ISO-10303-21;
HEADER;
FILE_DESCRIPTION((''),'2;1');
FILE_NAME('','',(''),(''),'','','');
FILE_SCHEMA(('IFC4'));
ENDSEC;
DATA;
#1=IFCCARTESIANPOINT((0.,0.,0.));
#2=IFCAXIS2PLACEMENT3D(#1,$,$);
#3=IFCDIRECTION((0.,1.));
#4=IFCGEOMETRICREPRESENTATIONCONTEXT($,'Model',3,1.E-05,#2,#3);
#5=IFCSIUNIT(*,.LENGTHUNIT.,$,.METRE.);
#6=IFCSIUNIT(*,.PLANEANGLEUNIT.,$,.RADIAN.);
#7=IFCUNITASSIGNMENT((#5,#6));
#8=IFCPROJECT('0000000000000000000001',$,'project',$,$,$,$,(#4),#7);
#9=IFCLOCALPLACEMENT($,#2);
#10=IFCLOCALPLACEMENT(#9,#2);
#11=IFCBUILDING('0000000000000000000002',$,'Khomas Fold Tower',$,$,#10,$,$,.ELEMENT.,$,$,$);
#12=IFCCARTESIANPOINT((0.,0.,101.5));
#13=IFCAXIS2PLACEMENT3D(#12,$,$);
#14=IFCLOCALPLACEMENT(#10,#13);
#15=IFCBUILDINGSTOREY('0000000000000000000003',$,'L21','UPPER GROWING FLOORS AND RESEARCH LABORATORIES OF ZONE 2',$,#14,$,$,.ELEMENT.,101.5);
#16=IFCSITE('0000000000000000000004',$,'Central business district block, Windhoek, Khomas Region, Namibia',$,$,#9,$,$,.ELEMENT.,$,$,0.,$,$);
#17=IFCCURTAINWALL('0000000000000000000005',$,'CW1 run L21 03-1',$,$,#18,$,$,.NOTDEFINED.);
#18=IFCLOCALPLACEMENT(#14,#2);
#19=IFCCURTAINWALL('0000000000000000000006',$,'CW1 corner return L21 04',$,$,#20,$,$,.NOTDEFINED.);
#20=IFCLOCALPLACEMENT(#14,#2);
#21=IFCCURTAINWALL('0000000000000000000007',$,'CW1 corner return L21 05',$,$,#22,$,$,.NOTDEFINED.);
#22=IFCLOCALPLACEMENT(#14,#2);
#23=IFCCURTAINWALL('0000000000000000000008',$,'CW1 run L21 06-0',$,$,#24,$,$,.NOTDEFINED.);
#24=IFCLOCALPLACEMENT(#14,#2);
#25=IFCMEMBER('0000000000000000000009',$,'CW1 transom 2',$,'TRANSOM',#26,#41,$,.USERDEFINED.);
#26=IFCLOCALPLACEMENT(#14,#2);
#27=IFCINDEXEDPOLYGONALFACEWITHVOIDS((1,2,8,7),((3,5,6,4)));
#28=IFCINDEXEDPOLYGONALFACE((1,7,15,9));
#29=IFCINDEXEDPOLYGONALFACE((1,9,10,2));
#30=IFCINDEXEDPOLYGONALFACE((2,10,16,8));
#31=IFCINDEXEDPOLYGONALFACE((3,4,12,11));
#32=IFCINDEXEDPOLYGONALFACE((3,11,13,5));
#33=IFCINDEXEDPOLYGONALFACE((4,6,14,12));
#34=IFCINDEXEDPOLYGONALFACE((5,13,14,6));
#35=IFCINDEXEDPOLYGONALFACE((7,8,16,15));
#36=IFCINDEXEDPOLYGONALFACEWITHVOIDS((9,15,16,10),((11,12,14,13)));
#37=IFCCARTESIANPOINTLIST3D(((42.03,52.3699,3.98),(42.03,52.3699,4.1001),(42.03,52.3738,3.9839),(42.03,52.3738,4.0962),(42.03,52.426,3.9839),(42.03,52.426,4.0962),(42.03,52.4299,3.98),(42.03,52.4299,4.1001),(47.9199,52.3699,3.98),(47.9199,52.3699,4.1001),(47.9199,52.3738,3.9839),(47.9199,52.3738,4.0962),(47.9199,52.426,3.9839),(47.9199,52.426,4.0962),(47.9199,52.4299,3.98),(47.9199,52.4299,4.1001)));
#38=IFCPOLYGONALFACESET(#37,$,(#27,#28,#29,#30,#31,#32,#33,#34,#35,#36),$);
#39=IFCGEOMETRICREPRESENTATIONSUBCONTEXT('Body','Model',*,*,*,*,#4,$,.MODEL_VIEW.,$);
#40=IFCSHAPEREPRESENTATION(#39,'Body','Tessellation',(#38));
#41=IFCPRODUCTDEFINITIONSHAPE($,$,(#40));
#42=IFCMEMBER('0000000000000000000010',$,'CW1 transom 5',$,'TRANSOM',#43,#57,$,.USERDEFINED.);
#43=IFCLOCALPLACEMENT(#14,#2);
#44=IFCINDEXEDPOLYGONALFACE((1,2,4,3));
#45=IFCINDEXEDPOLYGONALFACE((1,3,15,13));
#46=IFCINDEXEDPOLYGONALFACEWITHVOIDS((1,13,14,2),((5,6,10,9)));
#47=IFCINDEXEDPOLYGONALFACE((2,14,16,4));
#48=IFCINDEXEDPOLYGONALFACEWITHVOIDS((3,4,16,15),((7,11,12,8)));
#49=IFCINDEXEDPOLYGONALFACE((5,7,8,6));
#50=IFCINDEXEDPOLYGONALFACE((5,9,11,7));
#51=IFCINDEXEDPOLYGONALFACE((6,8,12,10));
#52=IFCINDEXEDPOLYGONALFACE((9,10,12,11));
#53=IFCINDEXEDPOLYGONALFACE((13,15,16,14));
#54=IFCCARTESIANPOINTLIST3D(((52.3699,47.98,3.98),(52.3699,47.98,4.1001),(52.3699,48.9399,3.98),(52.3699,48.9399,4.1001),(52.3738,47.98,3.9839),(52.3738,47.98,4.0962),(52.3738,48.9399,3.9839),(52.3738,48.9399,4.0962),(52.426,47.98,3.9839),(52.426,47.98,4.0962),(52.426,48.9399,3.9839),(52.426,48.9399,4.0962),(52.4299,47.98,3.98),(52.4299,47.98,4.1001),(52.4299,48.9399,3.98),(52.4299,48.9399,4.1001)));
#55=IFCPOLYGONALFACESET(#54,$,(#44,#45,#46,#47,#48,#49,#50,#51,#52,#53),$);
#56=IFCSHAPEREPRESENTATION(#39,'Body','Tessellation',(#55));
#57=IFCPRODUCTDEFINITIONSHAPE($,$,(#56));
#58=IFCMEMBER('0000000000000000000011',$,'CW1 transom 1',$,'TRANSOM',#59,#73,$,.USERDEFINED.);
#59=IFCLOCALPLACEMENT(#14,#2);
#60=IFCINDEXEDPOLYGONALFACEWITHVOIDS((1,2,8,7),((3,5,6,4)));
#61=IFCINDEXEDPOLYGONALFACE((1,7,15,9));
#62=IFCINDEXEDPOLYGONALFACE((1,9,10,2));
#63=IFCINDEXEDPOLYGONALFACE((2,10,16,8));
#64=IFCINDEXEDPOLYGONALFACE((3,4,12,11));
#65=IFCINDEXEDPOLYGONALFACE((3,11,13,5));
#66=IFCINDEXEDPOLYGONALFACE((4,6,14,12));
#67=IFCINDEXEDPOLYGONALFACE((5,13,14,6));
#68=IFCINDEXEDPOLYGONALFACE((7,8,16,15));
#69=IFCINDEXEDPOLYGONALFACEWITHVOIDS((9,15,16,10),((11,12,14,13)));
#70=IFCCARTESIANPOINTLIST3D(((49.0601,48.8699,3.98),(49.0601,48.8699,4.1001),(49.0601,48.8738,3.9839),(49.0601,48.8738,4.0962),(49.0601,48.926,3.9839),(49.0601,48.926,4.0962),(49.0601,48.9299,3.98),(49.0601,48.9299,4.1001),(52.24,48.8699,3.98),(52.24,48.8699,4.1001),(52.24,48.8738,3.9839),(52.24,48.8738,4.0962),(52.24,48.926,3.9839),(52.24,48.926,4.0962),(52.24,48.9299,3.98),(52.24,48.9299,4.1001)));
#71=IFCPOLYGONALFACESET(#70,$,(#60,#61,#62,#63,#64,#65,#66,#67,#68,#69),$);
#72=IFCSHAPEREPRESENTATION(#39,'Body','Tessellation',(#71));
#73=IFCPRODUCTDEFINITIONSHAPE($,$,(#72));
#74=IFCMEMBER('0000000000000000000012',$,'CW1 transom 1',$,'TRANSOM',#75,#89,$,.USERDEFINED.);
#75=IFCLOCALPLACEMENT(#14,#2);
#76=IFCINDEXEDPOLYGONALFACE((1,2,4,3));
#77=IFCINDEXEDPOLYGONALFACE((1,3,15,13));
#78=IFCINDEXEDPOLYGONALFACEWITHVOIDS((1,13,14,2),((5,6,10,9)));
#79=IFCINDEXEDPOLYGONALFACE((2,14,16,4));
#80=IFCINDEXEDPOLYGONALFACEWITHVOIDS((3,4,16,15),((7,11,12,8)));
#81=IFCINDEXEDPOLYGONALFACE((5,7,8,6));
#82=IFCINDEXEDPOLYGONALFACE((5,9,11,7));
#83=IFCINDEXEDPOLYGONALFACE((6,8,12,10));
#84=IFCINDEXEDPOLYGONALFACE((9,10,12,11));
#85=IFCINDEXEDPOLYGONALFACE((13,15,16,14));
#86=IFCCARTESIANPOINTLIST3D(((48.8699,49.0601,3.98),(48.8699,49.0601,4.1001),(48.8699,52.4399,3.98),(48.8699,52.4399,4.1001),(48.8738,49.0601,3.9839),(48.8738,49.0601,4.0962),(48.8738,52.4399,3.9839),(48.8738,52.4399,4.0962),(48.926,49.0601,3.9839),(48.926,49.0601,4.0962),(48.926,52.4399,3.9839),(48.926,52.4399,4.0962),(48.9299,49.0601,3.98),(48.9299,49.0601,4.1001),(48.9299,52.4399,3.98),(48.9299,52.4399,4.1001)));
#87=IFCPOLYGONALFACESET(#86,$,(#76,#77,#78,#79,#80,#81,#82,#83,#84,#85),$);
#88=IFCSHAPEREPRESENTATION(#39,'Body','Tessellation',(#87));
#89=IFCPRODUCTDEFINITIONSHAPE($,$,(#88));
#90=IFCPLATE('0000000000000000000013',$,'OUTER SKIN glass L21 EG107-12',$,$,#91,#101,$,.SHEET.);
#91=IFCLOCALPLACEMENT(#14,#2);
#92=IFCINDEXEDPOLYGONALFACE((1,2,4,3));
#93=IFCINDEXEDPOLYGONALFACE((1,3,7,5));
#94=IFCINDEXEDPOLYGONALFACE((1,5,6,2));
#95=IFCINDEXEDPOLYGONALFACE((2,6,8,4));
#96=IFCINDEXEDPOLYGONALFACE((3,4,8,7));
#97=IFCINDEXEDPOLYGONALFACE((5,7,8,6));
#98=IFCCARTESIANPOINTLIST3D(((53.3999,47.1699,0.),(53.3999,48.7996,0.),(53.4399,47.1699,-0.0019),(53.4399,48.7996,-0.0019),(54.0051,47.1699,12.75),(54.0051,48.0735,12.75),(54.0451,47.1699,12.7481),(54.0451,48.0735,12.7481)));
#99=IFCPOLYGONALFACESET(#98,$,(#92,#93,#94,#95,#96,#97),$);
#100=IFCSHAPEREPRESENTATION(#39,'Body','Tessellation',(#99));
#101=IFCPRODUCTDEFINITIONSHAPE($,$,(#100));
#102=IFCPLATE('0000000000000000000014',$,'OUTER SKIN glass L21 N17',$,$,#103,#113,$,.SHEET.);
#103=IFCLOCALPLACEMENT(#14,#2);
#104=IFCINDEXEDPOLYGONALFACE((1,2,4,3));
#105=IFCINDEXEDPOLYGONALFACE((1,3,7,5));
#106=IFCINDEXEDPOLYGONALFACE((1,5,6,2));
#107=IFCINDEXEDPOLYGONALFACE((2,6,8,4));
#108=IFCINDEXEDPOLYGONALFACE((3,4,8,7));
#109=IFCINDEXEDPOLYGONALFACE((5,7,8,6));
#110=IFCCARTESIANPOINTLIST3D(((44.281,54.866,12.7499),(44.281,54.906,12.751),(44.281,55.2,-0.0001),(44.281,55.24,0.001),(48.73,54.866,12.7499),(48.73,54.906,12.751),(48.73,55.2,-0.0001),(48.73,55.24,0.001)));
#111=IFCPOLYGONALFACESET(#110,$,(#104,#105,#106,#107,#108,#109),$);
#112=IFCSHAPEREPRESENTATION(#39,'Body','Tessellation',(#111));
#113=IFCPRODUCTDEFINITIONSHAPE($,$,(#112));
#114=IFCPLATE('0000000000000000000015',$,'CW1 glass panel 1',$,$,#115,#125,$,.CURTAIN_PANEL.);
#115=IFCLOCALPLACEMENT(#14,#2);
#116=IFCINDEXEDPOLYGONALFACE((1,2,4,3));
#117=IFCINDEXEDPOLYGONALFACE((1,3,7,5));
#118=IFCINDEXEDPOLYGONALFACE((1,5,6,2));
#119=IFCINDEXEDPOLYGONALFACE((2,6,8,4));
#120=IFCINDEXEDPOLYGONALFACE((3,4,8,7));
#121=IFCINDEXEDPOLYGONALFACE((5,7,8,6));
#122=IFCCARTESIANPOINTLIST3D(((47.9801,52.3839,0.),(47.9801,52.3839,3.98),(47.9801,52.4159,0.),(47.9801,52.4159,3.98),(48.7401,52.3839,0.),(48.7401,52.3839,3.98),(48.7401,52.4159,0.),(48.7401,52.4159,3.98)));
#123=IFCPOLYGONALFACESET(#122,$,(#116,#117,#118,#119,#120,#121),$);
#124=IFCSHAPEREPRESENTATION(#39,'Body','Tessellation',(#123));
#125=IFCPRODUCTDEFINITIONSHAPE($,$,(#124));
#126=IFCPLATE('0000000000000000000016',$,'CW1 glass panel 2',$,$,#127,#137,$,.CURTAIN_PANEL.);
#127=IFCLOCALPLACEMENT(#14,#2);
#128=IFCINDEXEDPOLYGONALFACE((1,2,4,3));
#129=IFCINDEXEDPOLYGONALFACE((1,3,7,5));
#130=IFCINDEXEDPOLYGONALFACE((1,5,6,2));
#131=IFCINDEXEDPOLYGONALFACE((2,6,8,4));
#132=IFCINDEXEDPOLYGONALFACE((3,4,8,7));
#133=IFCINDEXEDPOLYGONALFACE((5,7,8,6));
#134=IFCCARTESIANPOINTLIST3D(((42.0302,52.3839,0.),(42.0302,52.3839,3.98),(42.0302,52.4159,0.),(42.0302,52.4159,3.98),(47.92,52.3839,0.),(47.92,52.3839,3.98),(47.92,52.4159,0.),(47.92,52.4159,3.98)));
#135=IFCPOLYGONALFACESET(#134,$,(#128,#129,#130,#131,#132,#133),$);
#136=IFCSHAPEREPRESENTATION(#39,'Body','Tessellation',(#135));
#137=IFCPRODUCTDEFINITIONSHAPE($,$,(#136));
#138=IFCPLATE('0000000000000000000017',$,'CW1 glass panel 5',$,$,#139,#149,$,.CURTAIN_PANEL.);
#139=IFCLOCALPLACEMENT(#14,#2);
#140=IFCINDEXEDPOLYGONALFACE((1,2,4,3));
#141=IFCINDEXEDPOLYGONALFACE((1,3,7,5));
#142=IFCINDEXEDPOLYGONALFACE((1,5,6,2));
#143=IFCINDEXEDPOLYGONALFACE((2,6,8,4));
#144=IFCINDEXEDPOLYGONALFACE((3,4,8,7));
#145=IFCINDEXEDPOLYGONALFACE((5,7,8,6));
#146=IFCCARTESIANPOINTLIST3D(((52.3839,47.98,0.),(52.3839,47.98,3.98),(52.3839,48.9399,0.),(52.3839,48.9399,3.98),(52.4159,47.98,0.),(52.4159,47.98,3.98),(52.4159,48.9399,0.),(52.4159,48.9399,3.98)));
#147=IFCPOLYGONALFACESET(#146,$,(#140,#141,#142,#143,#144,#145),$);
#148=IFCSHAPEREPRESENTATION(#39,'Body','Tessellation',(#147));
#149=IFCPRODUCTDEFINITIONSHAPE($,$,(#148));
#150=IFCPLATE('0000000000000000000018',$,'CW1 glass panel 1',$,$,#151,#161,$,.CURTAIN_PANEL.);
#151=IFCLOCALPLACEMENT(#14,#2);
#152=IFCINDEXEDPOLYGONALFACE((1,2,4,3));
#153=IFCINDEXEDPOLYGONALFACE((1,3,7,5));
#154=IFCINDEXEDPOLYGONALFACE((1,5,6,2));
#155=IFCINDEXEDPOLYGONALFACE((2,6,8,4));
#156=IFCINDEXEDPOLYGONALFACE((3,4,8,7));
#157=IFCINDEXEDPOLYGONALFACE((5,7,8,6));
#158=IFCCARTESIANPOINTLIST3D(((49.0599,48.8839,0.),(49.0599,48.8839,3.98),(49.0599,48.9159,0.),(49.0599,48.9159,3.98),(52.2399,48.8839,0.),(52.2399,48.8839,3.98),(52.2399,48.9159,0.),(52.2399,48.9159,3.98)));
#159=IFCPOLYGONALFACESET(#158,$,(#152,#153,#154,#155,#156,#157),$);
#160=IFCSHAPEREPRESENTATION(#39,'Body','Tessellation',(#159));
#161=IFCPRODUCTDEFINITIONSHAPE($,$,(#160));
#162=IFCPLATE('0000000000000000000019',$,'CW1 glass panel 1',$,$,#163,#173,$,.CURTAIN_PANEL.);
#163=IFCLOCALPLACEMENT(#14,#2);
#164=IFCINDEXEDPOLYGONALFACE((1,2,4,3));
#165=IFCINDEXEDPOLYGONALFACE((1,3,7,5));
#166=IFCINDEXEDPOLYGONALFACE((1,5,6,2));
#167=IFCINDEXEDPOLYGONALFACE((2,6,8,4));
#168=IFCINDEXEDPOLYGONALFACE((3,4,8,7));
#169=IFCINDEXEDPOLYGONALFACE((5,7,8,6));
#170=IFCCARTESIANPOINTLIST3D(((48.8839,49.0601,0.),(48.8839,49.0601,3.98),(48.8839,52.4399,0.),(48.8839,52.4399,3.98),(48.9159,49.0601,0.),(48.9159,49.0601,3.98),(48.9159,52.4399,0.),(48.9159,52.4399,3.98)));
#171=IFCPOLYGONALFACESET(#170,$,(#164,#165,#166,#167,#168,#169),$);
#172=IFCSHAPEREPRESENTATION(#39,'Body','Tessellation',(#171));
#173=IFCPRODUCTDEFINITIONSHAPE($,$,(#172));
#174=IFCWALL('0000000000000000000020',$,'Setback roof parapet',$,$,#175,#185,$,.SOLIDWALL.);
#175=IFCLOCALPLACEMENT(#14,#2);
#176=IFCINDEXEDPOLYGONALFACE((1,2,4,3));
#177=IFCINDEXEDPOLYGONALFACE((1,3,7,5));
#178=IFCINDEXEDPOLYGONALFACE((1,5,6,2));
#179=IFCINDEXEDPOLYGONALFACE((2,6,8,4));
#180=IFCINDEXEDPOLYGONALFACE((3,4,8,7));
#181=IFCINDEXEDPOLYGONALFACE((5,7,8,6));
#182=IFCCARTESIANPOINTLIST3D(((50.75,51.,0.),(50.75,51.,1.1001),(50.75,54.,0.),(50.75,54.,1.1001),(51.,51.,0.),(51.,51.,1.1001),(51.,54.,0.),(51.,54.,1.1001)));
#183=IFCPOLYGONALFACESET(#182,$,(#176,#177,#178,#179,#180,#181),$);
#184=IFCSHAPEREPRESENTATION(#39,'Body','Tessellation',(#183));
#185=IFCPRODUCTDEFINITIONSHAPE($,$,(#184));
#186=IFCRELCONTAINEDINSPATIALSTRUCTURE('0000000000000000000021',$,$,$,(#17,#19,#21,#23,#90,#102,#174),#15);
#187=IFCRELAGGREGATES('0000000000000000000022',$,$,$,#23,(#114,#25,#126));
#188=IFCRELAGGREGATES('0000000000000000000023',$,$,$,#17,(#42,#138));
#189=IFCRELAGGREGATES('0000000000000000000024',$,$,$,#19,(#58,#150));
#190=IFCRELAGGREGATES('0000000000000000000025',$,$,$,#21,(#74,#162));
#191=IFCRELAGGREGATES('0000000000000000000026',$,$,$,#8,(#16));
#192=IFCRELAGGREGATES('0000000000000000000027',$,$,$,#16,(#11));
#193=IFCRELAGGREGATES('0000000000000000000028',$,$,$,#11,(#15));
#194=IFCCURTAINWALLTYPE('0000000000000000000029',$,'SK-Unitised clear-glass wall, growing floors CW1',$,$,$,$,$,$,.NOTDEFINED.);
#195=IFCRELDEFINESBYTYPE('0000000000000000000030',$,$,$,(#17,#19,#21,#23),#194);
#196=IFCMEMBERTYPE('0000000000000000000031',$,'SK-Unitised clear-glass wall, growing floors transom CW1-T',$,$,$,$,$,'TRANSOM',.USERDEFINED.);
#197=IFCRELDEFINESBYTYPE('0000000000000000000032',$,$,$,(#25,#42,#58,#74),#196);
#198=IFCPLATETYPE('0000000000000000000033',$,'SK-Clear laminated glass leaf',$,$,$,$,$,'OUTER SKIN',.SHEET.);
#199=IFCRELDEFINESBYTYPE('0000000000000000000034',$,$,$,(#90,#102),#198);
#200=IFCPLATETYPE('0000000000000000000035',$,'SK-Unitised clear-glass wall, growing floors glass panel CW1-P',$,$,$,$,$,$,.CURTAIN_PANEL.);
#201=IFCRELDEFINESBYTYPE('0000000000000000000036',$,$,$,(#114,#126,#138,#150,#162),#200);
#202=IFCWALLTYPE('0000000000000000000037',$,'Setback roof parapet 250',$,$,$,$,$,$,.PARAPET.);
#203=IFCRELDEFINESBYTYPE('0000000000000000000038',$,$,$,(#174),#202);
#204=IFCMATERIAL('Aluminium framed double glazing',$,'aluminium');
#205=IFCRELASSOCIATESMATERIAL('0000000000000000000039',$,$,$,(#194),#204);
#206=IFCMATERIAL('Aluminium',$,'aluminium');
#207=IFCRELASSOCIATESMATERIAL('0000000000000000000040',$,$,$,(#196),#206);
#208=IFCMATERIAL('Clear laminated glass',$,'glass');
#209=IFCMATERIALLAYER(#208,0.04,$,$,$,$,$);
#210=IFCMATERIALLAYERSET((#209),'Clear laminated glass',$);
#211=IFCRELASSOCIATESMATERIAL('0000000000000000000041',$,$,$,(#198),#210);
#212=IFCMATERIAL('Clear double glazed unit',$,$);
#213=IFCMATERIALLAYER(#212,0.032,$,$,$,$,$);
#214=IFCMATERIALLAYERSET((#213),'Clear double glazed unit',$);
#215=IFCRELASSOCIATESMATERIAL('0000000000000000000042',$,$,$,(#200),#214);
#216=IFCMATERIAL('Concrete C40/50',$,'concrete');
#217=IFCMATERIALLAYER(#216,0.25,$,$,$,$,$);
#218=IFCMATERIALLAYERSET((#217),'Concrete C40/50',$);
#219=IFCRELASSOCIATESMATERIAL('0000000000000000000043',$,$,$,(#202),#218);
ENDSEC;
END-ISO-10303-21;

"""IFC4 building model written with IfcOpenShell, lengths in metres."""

from ifc_helpers import new_model, si_unit, direction, frame, frame_2d, origin, origin_2d, place, context, subcontext, project, spatial, polyline, rectangle, hollow_rectangle, outline, extrude, source, transform, mapped, material, layer, layer_set, material_profile, profile_set, type_object, element, aggregate, save


model = new_model("IFC4")

# Units and contexts
model_context = context("Model", 3, precision=1e-05, world=origin(), true_north=direction((0.0, 1.0)))
body_context = subcontext(model_context, "Body", "Model", "MODEL_VIEW")
ifc_project = project(units=[si_unit("LENGTHUNIT", "METRE"), si_unit("PLANEANGLEUNIT", "RADIAN")], contexts=[model_context])

# Site, building, storey
site_placement = place(None, origin())
site = spatial("IfcSite", under=ifc_project, at=site_placement, Name="Central business district block, Windhoek, Khomas Region, Namibia", CompositionType="ELEMENT", RefElevation=0.0)
building_placement = place(site_placement, origin())
building = spatial("IfcBuilding", under=site, at=building_placement, Name="Khomas Fold Tower", CompositionType="ELEMENT")
storey_placement = place(building_placement, frame((0.0, 0.0, 101.5)))
storey = spatial("IfcBuildingStorey", under=building, at=storey_placement, Name="L21", Description="UPPER GROWING FLOORS AND RESEARCH LABORATORIES OF ZONE 2", CompositionType="ELEMENT", Elevation=101.5)

# Curtain walls, member
ifc_material_1 = material(Name="Aluminium framed double glazing", Category="aluminium")
curtain_wall_type = type_object("IfcCurtainWallType", Name="SK-Unitised clear-glass wall, growing floors CW1", PredefinedType="NOTDEFINED", material=ifc_material_1)
curtain_wall_1_placement = place(storey_placement, origin())
curtain_wall_1 = element("IfcCurtainWall", 1, at=curtain_wall_1_placement, inside=storey, type_object=curtain_wall_type, Name="CW1 run L21 03-1", PredefinedType="NOTDEFINED")
curtain_wall_2_placement = place(storey_placement, origin())
curtain_wall_2 = element("IfcCurtainWall", 2, at=curtain_wall_2_placement, inside=storey, type_object=curtain_wall_type, Name="CW1 corner return L21 04", PredefinedType="NOTDEFINED")
curtain_wall_3_placement = place(storey_placement, origin())
curtain_wall_3 = element("IfcCurtainWall", 3, at=curtain_wall_3_placement, inside=storey, type_object=curtain_wall_type, Name="CW1 corner return L21 05", PredefinedType="NOTDEFINED")
curtain_wall_4_placement = place(storey_placement, origin())
curtain_wall_4 = element("IfcCurtainWall", 4, at=curtain_wall_4_placement, inside=storey, type_object=curtain_wall_type, Name="CW1 run L21 06-0", PredefinedType="NOTDEFINED")
ifc_material_2 = material(Name="Aluminium", Category="aluminium")
ifc_material_profile_1 = material_profile(ifc_material_2, hollow_rectangle(XDim=0.0601, YDim=0.1201, WallThickness=0.0039, at=origin_2d()), Name="SK-Unitised clear-glass wall, growing floors transom CW1-T")
ifc_profile_set_1 = profile_set([ifc_material_profile_1], Name="Aluminium")
member_type_1 = type_object("IfcMemberType", Name="SK-Unitised clear-glass wall, growing floors transom CW1-T", ElementType="TRANSOM", PredefinedType="USERDEFINED", material=ifc_profile_set_1)
shared_shape_1 = source(origin(), body_context, "Body", "SweptSolid", [
    extrude(hollow_rectangle(XDim=0.0601, YDim=0.1201, WallThickness=0.0039, at=origin_2d()), origin(), (0.0, 0.0, 1.0), 5.8899),
])
member_1_placement = place(storey_placement, frame((47.9199, 52.3999, 4.04), z_axis=(-1.0, 0.0, 0.0), x_axis=(0.0, -1.0, 0.0)))
member_1 = element("IfcMember", 5, at=member_1_placement, type_object=member_type_1, Name="CW1 transom 2", ObjectType="TRANSOM", PredefinedType="USERDEFINED", context=body_context, shape_type="MappedRepresentation", body=[
    mapped(shared_shape_1, transform((0.0, 0.0, 0.0))),
])

# Members
shared_shape_2 = source(origin(), body_context, "Body", "SweptSolid", [
    extrude(hollow_rectangle(XDim=0.0601, YDim=0.1201, WallThickness=0.0039, at=origin_2d()), origin(), (0.0, 0.0, 1.0), 0.96),
])
member_2_placement = place(storey_placement, frame((52.3999, 47.98, 4.04), z_axis=(0.0, 1.0, 0.0), x_axis=(-1.0, 0.0, 0.0)))
member_2 = element("IfcMember", 6, at=member_2_placement, type_object=member_type_1, Name="CW1 transom 5", ObjectType="TRANSOM", PredefinedType="USERDEFINED", context=body_context, shape_type="MappedRepresentation", body=[
    mapped(shared_shape_2, transform((0.0, 0.0, 0.0))),
])
shared_shape_3 = source(origin(), body_context, "Body", "SweptSolid", [
    extrude(hollow_rectangle(XDim=0.0601, YDim=0.1201, WallThickness=0.0039, at=origin_2d()), origin(), (0.0, 0.0, 1.0), 3.1799),
])
member_3_placement = place(storey_placement, frame((52.24, 48.8999, 4.04), z_axis=(-1.0, 0.0, 0.0), x_axis=(0.0, -1.0, 0.0)))
member_3 = element("IfcMember", 7, at=member_3_placement, type_object=member_type_1, Name="CW1 transom 1", ObjectType="TRANSOM", PredefinedType="USERDEFINED", context=body_context, shape_type="MappedRepresentation", body=[
    mapped(shared_shape_3, transform((0.0, 0.0, 0.0))),
])
shared_shape_4 = source(origin(), body_context, "Body", "SweptSolid", [
    extrude(hollow_rectangle(XDim=0.0601, YDim=0.1201, WallThickness=0.0039, at=origin_2d()), origin(), (0.0, 0.0, 1.0), 3.3799),
])
member_4_placement = place(storey_placement, frame((48.8999, 49.0601, 4.04), z_axis=(0.0, 1.0, 0.0), x_axis=(-1.0, 0.0, 0.0)))
member_4 = element("IfcMember", 8, at=member_4_placement, type_object=member_type_1, Name="CW1 transom 1", ObjectType="TRANSOM", PredefinedType="USERDEFINED", context=body_context, shape_type="MappedRepresentation", body=[
    mapped(shared_shape_4, transform((0.0, 0.0, 0.0))),
])

# Plates
ifc_material_3 = material(Name="Clear laminated glass", Category="glass")
ifc_layer_1 = layer(ifc_material_3, 0.04)
ifc_layer_set_1 = layer_set([ifc_layer_1], Name="Clear laminated glass")
plate_type_1 = type_object("IfcPlateType", Name="SK-Clear laminated glass leaf", ElementType="OUTER SKIN", PredefinedType="SHEET", material=ifc_layer_set_1)
plate_1_placement = place(storey_placement, frame((54.0051, 48.0735, 12.75), z_axis=(-0.998875, 0.0, 0.047415), x_axis=(-0.047339, 0.056791, -0.997263)))
element("IfcPlate", 9, at=plate_1_placement, inside=storey, type_object=plate_type_1, Name="OUTER SKIN glass L21 EG107-12", PredefinedType="SHEET", context=body_context, shape_type="SweptSolid", body=[
    extrude(outline(polyline([(0.0, 0.0), (12.785, 0.0), (12.6924, 1.627), (-0.0513, 0.9021), (0.0, 0.0)])), origin(), (0.0, 0.0, -1.0), 0.04),
])
plate_2_placement = place(storey_placement, frame((44.281, 55.24, 0.001), z_axis=(0.0, 0.999657, 0.026186), x_axis=(1.0, 0.0, 0.0)))
element("IfcPlate", 10, at=plate_2_placement, inside=storey, type_object=plate_type_1, Name="OUTER SKIN glass L21 N17", PredefinedType="SHEET", context=body_context, shape_type="SweptSolid", body=[
    extrude(outline(polyline([(0.0, 0.0), (4.449, 0.0), (4.449, -12.7544), (0.0, -12.7544), (0.0, 0.0)])), origin(), (0.0, 0.0, -1.0), 0.04),
])

# Plates
ifc_material_4 = material(Name="Clear double glazed unit")
ifc_layer_2 = layer(ifc_material_4, 0.032)
ifc_layer_set_2 = layer_set([ifc_layer_2], Name="Clear double glazed unit")
plate_type_2 = type_object("IfcPlateType", Name="SK-Unitised clear-glass wall, growing floors glass panel CW1-P", PredefinedType="CURTAIN_PANEL", material=ifc_layer_set_2)
shared_shape_5 = source(origin(), body_context, "Body", "SweptSolid", [
    extrude(rectangle(XDim=0.76, YDim=0.032, at=origin_2d()), origin(), (0.0, 0.0, 1.0), 3.98),
])
plate_3_placement = place(storey_placement, frame((48.3601, 52.3999, 0.0), z_axis=(0.0, 0.0, 1.0), x_axis=(-1.0, 0.0, 0.0)))
plate_3 = element("IfcPlate", 11, at=plate_3_placement, type_object=plate_type_2, Name="CW1 glass panel 1", PredefinedType="CURTAIN_PANEL", context=body_context, shape_type="MappedRepresentation", body=[
    mapped(shared_shape_5, transform((0.0, 0.0, 0.0))),
])
shared_shape_6 = source(origin(), body_context, "Body", "SweptSolid", [
    extrude(rectangle(XDim=5.8899, YDim=0.032, at=origin_2d()), origin(), (0.0, 0.0, 1.0), 3.98),
])
plate_4_placement = place(storey_placement, frame((44.9751, 52.3999, 0.0), z_axis=(0.0, 0.0, 1.0), x_axis=(-1.0, 0.0, 0.0)))
plate_4 = element("IfcPlate", 12, at=plate_4_placement, type_object=plate_type_2, Name="CW1 glass panel 2", PredefinedType="CURTAIN_PANEL", context=body_context, shape_type="MappedRepresentation", body=[
    mapped(shared_shape_6, transform((0.0, 0.0, 0.0))),
])
aggregate(curtain_wall_4, [plate_3, member_1, plate_4])
shared_shape_7 = source(origin(), body_context, "Body", "SweptSolid", [
    extrude(rectangle(XDim=0.96, YDim=0.032, at=origin_2d()), origin(), (0.0, 0.0, 1.0), 3.98),
])
plate_5_placement = place(storey_placement, frame((52.3999, 48.46, 0.0), z_axis=(0.0, 0.0, 1.0), x_axis=(0.0, 1.0, 0.0)))
plate_5 = element("IfcPlate", 13, at=plate_5_placement, type_object=plate_type_2, Name="CW1 glass panel 5", PredefinedType="CURTAIN_PANEL", context=body_context, shape_type="MappedRepresentation", body=[
    mapped(shared_shape_7, transform((0.0, 0.0, 0.0))),
])
aggregate(curtain_wall_1, [member_2, plate_5])
shared_shape_8 = source(origin(), body_context, "Body", "SweptSolid", [
    extrude(rectangle(XDim=3.1799, YDim=0.032, at=origin_2d()), origin(), (0.0, 0.0, 1.0), 3.98),
])
plate_6_placement = place(storey_placement, frame((50.6499, 48.8999, 0.0), z_axis=(0.0, 0.0, 1.0), x_axis=(-1.0, 0.0, 0.0)))
plate_6 = element("IfcPlate", 14, at=plate_6_placement, type_object=plate_type_2, Name="CW1 glass panel 1", PredefinedType="CURTAIN_PANEL", context=body_context, shape_type="MappedRepresentation", body=[
    mapped(shared_shape_8, transform((0.0, 0.0, 0.0))),
])
aggregate(curtain_wall_2, [member_3, plate_6])
shared_shape_9 = source(origin(), body_context, "Body", "SweptSolid", [
    extrude(rectangle(XDim=3.3799, YDim=0.032, at=origin_2d()), origin(), (0.0, 0.0, 1.0), 3.98),
])
plate_7_placement = place(storey_placement, frame((48.8999, 50.75, 0.0), z_axis=(0.0, 0.0, 1.0), x_axis=(0.0, 1.0, 0.0)))
plate_7 = element("IfcPlate", 15, at=plate_7_placement, type_object=plate_type_2, Name="CW1 glass panel 1", PredefinedType="CURTAIN_PANEL", context=body_context, shape_type="MappedRepresentation", body=[
    mapped(shared_shape_9, transform((0.0, 0.0, 0.0))),
])
aggregate(curtain_wall_3, [member_4, plate_7])

# Wall
ifc_material_5 = material(Name="Concrete C40/50", Category="concrete")
ifc_layer_3 = layer(ifc_material_5, 0.25)
ifc_layer_set_3 = layer_set([ifc_layer_3], Name="Concrete C40/50")
wall_type_1 = type_object("IfcWallType", Name="Setback roof parapet 250", PredefinedType="PARAPET", material=ifc_layer_set_3)
shared_shape_10 = source(origin(), body_context, "Body", "SweptSolid", [
    extrude(rectangle(XDim=3.0, YDim=0.25, at=frame_2d((1.5, 0.0))), origin(), (0.0, 0.0, 1.0), 1.1001),
])
wall_1_placement = place(storey_placement, frame((50.875, 51.0, 0.0), z_axis=(0.0, 0.0, 1.0), x_axis=(0.0, 1.0, 0.0)))
element("IfcWall", 16, at=wall_1_placement, inside=storey, type_object=wall_type_1, Name="Setback roof parapet", PredefinedType="SOLIDWALL", context=body_context, shape_type="MappedRepresentation", body=[
    mapped(shared_shape_10, transform((0.0, 0.0, 0.0))),
])

save(model, "model.ifc")
